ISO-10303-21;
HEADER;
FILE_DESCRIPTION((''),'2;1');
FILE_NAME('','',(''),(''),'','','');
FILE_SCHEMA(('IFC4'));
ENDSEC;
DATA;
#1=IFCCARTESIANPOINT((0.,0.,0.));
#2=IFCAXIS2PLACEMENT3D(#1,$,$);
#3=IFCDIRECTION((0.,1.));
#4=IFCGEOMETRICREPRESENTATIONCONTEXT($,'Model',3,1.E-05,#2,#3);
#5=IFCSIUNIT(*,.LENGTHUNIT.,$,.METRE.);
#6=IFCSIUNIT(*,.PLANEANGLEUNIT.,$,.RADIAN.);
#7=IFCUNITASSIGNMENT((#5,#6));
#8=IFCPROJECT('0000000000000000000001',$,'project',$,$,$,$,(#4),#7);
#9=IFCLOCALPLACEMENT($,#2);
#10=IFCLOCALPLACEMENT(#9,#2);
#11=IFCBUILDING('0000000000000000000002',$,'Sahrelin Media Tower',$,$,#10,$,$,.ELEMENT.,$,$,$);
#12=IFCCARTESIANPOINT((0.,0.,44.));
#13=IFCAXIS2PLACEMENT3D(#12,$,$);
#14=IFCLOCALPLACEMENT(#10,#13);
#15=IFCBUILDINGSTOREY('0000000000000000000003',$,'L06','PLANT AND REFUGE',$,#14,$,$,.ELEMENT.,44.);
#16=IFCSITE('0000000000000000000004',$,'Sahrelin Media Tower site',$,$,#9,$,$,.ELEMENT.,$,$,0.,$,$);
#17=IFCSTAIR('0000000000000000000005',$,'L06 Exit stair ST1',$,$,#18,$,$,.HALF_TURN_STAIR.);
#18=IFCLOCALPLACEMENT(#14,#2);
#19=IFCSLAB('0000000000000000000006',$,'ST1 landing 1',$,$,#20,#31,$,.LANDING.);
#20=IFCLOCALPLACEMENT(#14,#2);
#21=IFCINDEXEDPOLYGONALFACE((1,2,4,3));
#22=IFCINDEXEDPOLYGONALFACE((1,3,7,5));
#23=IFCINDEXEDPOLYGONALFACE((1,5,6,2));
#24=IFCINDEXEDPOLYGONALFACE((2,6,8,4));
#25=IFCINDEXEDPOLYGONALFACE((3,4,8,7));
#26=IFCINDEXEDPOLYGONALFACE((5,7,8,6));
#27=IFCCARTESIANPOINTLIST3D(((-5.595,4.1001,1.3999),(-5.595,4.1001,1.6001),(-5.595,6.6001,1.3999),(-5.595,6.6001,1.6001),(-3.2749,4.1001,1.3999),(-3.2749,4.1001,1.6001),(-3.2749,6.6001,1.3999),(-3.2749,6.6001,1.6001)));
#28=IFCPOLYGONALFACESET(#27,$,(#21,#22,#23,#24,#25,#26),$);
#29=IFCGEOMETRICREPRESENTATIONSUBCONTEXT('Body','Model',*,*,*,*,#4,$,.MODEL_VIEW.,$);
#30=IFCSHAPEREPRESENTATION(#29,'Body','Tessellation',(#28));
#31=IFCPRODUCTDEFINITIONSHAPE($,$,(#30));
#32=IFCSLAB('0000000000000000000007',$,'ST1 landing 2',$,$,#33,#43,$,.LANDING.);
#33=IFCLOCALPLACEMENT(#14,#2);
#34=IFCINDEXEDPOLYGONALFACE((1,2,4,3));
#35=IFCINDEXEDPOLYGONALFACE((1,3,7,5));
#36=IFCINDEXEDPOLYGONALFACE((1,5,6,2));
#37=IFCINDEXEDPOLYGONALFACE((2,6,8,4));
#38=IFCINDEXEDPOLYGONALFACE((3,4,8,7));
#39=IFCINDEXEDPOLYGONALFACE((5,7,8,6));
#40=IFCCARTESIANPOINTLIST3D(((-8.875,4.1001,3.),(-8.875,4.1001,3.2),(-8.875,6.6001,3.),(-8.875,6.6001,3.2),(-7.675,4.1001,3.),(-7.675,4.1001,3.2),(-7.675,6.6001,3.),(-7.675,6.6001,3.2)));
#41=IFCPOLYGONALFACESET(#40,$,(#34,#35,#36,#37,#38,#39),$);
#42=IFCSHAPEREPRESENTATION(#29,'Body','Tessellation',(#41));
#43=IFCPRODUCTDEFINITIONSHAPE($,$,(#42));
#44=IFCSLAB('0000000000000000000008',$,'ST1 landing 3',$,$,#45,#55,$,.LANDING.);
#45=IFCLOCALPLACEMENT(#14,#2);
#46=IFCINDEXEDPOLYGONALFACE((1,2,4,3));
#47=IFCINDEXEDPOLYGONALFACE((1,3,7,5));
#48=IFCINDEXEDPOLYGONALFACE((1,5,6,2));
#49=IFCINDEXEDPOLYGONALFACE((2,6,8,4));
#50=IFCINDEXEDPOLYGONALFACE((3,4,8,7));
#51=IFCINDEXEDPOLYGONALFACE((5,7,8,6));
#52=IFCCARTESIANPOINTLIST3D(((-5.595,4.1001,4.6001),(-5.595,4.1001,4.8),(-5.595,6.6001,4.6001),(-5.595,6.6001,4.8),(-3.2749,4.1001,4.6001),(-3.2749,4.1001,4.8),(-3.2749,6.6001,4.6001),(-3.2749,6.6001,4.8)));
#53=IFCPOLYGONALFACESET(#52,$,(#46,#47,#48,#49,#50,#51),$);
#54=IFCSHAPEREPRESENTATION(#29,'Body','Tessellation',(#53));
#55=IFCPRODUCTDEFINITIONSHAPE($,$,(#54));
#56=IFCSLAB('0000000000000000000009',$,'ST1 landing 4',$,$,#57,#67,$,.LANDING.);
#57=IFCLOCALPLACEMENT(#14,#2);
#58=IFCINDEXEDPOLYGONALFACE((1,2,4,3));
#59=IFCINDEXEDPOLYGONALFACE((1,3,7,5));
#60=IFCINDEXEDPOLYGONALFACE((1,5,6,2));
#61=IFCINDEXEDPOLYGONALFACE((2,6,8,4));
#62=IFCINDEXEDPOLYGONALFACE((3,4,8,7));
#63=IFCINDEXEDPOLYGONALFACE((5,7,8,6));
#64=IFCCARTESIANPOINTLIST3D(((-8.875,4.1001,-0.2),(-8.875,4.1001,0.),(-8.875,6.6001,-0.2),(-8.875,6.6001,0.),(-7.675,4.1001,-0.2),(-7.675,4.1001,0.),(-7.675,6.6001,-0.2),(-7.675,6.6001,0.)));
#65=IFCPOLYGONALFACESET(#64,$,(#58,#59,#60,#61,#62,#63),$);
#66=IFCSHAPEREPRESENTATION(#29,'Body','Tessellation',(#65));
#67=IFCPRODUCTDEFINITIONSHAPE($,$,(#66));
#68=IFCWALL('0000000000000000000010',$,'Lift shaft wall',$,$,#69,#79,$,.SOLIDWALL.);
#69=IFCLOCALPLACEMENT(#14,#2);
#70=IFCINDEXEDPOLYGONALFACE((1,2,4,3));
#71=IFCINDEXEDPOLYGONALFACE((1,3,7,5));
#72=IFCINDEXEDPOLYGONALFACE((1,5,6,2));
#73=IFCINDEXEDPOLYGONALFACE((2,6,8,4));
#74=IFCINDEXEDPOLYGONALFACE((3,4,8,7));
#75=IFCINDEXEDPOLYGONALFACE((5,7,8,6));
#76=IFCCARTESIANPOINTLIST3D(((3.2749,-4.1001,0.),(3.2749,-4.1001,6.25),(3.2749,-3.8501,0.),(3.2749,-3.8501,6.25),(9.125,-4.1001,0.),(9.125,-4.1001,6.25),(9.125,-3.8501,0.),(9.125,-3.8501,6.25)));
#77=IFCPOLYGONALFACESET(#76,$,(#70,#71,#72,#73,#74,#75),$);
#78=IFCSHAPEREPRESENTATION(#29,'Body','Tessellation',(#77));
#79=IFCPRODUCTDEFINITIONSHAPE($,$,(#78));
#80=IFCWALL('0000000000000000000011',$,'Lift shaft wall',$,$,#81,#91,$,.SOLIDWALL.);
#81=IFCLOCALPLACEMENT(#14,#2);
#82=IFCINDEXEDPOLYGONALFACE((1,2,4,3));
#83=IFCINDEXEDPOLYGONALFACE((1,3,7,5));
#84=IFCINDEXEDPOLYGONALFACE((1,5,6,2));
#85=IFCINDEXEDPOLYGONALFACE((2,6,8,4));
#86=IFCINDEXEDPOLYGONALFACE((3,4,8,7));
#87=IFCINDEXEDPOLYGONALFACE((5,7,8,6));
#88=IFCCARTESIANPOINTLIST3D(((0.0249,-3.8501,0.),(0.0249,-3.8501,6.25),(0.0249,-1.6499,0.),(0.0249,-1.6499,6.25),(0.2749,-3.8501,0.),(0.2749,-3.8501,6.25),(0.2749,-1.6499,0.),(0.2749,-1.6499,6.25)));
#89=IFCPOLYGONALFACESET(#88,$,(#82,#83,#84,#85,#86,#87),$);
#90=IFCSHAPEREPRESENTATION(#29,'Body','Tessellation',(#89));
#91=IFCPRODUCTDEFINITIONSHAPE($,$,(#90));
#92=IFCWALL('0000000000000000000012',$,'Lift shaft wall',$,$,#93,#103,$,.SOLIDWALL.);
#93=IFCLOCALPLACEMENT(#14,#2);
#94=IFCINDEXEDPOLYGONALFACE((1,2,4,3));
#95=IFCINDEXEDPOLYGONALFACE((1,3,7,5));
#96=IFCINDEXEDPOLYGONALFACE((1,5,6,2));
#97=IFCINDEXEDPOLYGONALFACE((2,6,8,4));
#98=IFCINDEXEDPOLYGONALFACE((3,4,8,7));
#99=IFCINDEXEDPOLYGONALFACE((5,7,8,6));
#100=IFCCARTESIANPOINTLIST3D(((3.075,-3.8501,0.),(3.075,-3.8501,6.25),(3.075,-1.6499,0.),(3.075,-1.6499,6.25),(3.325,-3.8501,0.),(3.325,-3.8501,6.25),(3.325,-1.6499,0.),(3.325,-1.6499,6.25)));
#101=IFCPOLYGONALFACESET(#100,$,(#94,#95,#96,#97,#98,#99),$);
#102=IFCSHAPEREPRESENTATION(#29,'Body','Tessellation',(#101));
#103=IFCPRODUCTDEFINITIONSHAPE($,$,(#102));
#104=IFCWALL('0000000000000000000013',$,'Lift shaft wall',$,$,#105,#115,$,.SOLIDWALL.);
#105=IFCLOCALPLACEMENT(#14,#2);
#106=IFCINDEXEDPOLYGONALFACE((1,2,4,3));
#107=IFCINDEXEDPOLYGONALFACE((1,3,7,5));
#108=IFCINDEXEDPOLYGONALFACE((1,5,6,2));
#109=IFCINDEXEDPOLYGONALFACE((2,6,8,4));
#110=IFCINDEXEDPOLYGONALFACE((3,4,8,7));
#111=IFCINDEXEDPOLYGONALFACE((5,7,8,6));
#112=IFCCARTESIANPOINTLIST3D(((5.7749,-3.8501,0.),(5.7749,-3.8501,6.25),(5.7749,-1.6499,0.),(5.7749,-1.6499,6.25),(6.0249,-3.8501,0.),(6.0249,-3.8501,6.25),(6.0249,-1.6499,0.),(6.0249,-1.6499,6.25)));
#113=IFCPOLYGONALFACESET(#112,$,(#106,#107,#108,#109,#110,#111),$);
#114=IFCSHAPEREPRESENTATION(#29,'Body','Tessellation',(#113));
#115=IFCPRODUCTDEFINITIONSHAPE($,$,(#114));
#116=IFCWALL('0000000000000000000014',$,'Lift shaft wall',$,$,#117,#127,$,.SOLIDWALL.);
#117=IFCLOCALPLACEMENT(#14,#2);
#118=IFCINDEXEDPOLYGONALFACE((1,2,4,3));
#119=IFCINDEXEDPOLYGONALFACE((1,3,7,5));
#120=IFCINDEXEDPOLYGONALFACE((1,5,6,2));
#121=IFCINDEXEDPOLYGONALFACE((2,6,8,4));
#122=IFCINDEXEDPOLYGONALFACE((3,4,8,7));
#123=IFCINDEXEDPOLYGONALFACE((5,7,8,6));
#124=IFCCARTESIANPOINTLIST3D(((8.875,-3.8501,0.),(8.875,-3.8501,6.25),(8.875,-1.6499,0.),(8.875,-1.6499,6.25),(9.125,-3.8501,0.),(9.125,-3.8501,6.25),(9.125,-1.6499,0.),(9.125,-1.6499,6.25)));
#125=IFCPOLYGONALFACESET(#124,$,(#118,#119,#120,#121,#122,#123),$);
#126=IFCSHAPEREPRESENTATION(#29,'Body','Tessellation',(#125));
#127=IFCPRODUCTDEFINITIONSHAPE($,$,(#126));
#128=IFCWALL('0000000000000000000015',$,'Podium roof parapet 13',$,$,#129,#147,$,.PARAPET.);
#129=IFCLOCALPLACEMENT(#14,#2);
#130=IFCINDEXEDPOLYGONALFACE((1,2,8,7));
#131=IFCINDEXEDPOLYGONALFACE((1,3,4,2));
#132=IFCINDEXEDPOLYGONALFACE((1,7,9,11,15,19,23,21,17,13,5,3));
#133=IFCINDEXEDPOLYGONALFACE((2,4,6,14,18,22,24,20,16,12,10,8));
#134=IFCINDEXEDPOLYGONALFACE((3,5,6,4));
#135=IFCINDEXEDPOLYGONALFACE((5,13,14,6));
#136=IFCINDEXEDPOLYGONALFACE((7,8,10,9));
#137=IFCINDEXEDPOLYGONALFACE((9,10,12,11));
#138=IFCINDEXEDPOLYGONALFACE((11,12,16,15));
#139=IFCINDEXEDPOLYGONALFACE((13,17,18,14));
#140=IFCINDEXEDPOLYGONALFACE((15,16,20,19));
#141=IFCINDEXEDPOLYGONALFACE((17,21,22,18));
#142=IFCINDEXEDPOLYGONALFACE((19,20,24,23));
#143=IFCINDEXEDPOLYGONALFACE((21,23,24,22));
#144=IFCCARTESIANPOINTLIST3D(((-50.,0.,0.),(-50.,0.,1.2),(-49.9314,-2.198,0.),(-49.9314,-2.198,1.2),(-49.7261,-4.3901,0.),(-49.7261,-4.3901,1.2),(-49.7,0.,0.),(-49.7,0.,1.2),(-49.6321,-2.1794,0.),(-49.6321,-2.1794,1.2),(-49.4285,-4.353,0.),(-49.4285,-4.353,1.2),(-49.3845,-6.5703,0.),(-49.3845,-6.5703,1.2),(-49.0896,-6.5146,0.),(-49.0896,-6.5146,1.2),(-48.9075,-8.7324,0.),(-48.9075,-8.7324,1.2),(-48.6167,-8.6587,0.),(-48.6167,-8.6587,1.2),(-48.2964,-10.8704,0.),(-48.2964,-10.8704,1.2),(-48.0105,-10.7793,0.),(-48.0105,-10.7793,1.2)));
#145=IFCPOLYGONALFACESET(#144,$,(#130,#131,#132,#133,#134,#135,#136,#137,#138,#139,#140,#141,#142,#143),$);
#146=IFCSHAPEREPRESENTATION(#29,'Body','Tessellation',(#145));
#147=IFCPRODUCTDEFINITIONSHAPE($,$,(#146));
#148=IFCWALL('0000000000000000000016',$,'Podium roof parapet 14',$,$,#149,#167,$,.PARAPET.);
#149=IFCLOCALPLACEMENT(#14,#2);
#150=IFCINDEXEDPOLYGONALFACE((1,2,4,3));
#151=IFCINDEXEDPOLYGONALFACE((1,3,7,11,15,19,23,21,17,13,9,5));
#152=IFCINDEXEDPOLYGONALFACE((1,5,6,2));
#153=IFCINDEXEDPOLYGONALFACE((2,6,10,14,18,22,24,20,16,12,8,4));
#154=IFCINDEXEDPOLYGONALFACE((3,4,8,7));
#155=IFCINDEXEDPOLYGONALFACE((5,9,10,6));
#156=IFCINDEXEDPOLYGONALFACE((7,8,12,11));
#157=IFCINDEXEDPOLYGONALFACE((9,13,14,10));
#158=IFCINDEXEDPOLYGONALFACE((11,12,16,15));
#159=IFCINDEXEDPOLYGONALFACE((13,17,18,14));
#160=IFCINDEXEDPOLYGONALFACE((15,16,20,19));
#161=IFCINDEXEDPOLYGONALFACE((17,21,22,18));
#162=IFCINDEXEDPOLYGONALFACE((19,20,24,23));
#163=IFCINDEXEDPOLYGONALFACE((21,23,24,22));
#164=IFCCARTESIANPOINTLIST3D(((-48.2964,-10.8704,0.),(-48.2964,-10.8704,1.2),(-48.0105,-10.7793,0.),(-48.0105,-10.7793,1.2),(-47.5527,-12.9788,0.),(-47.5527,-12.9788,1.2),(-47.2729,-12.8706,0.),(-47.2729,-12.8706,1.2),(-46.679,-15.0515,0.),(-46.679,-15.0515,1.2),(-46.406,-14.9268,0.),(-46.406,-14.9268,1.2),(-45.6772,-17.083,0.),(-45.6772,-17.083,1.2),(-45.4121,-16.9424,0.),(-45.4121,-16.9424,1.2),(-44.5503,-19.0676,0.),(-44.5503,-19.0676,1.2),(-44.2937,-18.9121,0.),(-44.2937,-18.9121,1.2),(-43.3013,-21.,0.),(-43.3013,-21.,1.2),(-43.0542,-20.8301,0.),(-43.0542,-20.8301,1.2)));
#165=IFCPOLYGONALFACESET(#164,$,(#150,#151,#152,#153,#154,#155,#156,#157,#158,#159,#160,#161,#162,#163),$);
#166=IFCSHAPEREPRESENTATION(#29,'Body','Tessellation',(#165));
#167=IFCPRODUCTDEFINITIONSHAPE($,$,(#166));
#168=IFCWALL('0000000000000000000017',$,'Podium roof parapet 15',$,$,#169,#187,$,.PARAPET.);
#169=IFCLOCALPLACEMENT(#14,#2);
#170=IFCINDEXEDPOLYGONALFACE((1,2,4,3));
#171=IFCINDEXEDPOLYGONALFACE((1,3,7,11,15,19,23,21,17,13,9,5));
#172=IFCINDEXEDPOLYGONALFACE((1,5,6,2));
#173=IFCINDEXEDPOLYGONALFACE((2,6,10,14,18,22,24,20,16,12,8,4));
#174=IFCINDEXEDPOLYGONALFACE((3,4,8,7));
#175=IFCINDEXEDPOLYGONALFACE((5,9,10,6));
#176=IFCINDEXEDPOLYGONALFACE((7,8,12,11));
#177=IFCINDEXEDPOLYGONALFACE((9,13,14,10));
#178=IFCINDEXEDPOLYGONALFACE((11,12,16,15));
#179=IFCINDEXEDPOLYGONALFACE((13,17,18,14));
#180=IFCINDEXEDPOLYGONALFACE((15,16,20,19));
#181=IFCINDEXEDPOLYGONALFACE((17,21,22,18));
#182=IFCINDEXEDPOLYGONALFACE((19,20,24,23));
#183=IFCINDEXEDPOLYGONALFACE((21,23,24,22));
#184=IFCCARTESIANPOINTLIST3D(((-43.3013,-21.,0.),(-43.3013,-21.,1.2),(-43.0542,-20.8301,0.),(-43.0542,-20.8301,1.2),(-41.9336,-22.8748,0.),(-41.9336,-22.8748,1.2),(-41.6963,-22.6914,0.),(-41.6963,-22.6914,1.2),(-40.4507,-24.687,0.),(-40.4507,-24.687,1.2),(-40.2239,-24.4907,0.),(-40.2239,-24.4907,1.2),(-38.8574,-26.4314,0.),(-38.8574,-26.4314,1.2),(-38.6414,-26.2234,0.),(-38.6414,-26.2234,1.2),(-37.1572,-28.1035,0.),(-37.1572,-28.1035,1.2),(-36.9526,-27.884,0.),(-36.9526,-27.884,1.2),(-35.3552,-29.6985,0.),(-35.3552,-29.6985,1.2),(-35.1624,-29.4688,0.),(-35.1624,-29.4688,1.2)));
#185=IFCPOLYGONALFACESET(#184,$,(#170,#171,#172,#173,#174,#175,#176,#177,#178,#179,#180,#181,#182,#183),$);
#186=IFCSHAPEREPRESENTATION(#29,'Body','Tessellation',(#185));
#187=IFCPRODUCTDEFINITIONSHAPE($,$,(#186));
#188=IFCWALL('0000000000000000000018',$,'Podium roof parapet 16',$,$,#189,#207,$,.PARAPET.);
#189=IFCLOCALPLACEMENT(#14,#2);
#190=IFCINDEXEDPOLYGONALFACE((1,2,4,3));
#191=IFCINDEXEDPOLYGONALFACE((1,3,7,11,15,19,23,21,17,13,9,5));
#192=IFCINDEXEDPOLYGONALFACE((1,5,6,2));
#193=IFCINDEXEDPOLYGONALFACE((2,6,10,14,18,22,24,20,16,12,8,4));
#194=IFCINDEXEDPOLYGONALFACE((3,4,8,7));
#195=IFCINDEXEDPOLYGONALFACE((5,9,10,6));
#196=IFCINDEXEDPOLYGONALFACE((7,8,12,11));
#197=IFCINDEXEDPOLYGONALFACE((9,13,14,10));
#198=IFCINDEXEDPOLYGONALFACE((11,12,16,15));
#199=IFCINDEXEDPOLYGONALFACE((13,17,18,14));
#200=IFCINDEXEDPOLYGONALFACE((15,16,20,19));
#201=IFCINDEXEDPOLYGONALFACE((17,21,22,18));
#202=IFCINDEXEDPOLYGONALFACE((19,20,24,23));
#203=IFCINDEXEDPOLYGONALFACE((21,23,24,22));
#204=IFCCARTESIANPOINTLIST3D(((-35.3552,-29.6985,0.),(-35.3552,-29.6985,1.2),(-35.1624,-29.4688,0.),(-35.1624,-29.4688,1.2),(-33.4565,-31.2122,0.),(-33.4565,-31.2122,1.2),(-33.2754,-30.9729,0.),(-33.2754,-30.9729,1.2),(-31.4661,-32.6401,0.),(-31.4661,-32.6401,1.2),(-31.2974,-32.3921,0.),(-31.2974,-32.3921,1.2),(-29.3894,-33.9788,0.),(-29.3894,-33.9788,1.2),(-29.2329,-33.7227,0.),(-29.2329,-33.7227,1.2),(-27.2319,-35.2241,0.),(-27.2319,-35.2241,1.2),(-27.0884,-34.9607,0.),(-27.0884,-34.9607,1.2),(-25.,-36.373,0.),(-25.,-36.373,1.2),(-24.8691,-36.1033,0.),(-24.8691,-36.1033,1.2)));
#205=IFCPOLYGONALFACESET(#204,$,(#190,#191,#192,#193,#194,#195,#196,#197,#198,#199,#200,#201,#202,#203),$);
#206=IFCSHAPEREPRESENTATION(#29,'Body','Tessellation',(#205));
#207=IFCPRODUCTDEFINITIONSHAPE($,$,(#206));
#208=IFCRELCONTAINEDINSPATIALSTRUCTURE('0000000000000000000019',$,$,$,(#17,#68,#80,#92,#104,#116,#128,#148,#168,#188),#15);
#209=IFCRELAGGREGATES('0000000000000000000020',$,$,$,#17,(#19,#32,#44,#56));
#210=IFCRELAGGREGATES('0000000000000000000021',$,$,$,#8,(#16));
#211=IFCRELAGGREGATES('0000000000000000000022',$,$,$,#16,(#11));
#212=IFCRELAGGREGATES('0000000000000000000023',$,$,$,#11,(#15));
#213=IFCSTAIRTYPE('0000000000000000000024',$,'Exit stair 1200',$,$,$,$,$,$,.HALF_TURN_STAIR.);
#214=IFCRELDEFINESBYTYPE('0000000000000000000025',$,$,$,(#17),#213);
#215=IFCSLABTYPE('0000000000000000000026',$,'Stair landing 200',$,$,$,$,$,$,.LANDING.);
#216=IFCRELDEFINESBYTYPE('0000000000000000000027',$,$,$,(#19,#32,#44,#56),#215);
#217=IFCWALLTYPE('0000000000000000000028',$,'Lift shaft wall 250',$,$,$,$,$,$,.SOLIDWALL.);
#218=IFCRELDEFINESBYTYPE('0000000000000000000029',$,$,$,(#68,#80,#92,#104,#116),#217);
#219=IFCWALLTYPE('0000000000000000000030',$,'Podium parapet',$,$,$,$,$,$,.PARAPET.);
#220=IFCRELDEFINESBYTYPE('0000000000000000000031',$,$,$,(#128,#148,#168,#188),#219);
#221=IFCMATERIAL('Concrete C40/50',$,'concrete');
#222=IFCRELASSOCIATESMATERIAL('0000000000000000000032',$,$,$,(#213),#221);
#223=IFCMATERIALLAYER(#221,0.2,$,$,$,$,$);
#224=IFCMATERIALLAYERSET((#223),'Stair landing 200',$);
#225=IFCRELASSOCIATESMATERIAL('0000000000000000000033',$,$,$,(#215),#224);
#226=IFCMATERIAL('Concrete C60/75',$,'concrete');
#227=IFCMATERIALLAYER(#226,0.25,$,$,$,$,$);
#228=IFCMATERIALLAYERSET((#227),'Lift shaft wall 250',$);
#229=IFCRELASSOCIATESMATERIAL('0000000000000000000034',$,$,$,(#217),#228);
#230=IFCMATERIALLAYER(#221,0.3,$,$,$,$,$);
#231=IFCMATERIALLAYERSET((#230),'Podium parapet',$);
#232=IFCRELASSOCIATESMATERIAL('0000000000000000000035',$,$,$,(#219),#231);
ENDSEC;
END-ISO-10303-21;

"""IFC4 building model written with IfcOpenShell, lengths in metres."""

from ifc_helpers import new_model, si_unit, direction, frame, frame_2d, origin, place, context, subcontext, project, spatial, polyline, rectangle, outline, extrude, material, layer, layer_set, type_object, element, aggregate, save


model = new_model("IFC4")

# Units and contexts
model_context = context("Model", 3, precision=1e-05, world=origin(), true_north=direction((0.0, 1.0)))
body_context = subcontext(model_context, "Body", "Model", "MODEL_VIEW")
ifc_project = project(units=[si_unit("LENGTHUNIT", "METRE"), si_unit("PLANEANGLEUNIT", "RADIAN")], contexts=[model_context])

# Site, building, storey
site_placement = place(None, origin())
site = spatial("IfcSite", under=ifc_project, at=site_placement, Name="Sahrelin Media Tower site", CompositionType="ELEMENT", RefElevation=0.0)
building_placement = place(site_placement, origin())
building = spatial("IfcBuilding", under=site, at=building_placement, Name="Sahrelin Media Tower", CompositionType="ELEMENT")
storey_placement = place(building_placement, frame((0.0, 0.0, 44.0)))
storey = spatial("IfcBuildingStorey", under=building, at=storey_placement, Name="L06", Description="PLANT AND REFUGE", CompositionType="ELEMENT", Elevation=44.0)

# Stair, slabs
ifc_material_1 = material(Name="Concrete C40/50", Category="concrete")
stair_type = type_object("IfcStairType", Name="Exit stair 1200", PredefinedType="HALF_TURN_STAIR", material=ifc_material_1)
placement = place(storey_placement, origin())
stair = element("IfcStair", 1, at=placement, inside=storey, type_object=stair_type, Name="L06 Exit stair ST1", PredefinedType="HALF_TURN_STAIR")
ifc_layer_1 = layer(ifc_material_1, 0.2)
ifc_layer_set_1 = layer_set([ifc_layer_1], Name="Stair landing 200")
slab_type = type_object("IfcSlabType", Name="Stair landing 200", PredefinedType="LANDING", material=ifc_layer_set_1)
slab_1_placement = place(storey_placement, frame((0.0, 0.0, 1.3999)))
slab_1 = element("IfcSlab", 2, at=slab_1_placement, type_object=slab_type, Name="ST1 landing 1", PredefinedType="LANDING", context=body_context, shape_type="SweptSolid", body=[
    extrude(outline(polyline([(-5.595, 4.1001), (-3.2749, 4.1001), (-3.2749, 6.6001), (-5.595, 6.6001), (-5.595, 4.1001)])), origin(), (0.0, 0.0, 1.0), 0.2002),
])
slab_2_placement = place(storey_placement, frame((0.0, 0.0, 3.0)))
slab_2 = element("IfcSlab", 3, at=slab_2_placement, type_object=slab_type, Name="ST1 landing 2", PredefinedType="LANDING", context=body_context, shape_type="SweptSolid", body=[
    extrude(outline(polyline([(-8.875, 4.1001), (-7.675, 4.1001), (-7.675, 6.6001), (-8.875, 6.6001), (-8.875, 4.1001)])), origin(), (0.0, 0.0, 1.0), 0.2),
])
slab_3_placement = place(storey_placement, frame((0.0, 0.0, 4.6001)))
slab_3 = element("IfcSlab", 4, at=slab_3_placement, type_object=slab_type, Name="ST1 landing 3", PredefinedType="LANDING", context=body_context, shape_type="SweptSolid", body=[
    extrude(outline(polyline([(-5.595, 4.1001), (-3.2749, 4.1001), (-3.2749, 6.6001), (-5.595, 6.6001), (-5.595, 4.1001)])), origin(), (0.0, 0.0, 1.0), 0.2),
])
slab_4_placement = place(storey_placement, frame((0.0, 0.0, -0.2)))
slab_4 = element("IfcSlab", 5, at=slab_4_placement, type_object=slab_type, Name="ST1 landing 4", PredefinedType="LANDING", context=body_context, shape_type="SweptSolid", body=[
    extrude(outline(polyline([(-8.875, 4.1001), (-7.675, 4.1001), (-7.675, 6.6001), (-8.875, 6.6001), (-8.875, 4.1001)])), origin(), (0.0, 0.0, 1.0), 0.2),
])
aggregate(stair, [slab_1, slab_2, slab_3, slab_4])

# Walls
ifc_material_2 = material(Name="Concrete C60/75", Category="concrete")
ifc_layer_2 = layer(ifc_material_2, 0.25)
ifc_layer_set_2 = layer_set([ifc_layer_2], Name="Lift shaft wall 250")
wall_type_1 = type_object("IfcWallType", Name="Lift shaft wall 250", PredefinedType="SOLIDWALL", material=ifc_layer_set_2)
wall_1_placement = place(storey_placement, frame((3.2749, -3.9751, 0.0), z_axis=(0.0, 0.0, 1.0), x_axis=(1.0, 0.0, 0.0)))
element("IfcWall", 6, at=wall_1_placement, inside=storey, type_object=wall_type_1, Name="Lift shaft wall", PredefinedType="SOLIDWALL", context=body_context, shape_type="SweptSolid", body=[
    extrude(rectangle(XDim=5.8501, YDim=0.25, at=frame_2d((2.925, 0.0))), origin(), (0.0, 0.0, 1.0), 6.25),
])
for number, where, z_axis, x_axis, name in (
    (7, (0.1499, -3.8501, 0.0), (0.0, 0.0, 1.0), (0.0, 1.0, 0.0), "Lift shaft wall"),
    (8, (3.2, -3.8501, 0.0), (0.0, 0.0, 1.0), (0.0, 1.0, 0.0), "Lift shaft wall"),
    (9, (5.8999, -3.8501, 0.0), (0.0, 0.0, 1.0), (0.0, 1.0, 0.0), "Lift shaft wall"),
    (10, (9.0, -3.8501, 0.0), (0.0, 0.0, 1.0), (0.0, 1.0, 0.0), "Lift shaft wall"),
):
    element("IfcWall", number, at=place(storey_placement, frame(where, z_axis=z_axis, x_axis=x_axis)), inside=storey, type_object=wall_type_1, Name=name, PredefinedType="SOLIDWALL", context=body_context, shape_type="SweptSolid", body=[
        extrude(rectangle(XDim=2.2002, YDim=0.25, at=frame_2d((1.1001, 0.0))), origin(), (0.0, 0.0, 1.0), 6.25),
    ])
ifc_layer_3 = layer(ifc_material_1, 0.3)
ifc_layer_set_3 = layer_set([ifc_layer_3], Name="Podium parapet")
wall_type_2 = type_object("IfcWallType", Name="Podium parapet", PredefinedType="PARAPET", material=ifc_layer_set_3)
element("IfcWall", 11, at=placement, inside=storey, type_object=wall_type_2, Name="Podium roof parapet 13", PredefinedType="PARAPET", context=body_context, shape_type="SweptSolid", body=[
    extrude(outline(polyline([(-50.0, 0.0), (-49.9314, -2.198), (-49.7261, -4.3901), (-49.3845, -6.5703), (-48.9075, -8.7324), (-48.2964, -10.8704), (-48.0105, -10.7793), (-48.6167, -8.6587), (-49.0896, -6.5146), (-49.4285, -4.353), (-49.6321, -2.1794), (-49.7, 0.0), (-50.0, 0.0)])), origin(), (0.0, 0.0, 1.0), 1.2),
])
element("IfcWall", 12, at=placement, inside=storey, type_object=wall_type_2, Name="Podium roof parapet 14", PredefinedType="PARAPET", context=body_context, shape_type="SweptSolid", body=[
    extrude(outline(polyline([(-48.2964, -10.8704), (-47.5527, -12.9788), (-46.679, -15.0515), (-45.6772, -17.083), (-44.5503, -19.0676), (-43.3013, -21.0), (-43.0542, -20.8301), (-44.2937, -18.9121), (-45.4121, -16.9424), (-46.406, -14.9268), (-47.2729, -12.8706), (-48.0105, -10.7793), (-48.2964, -10.8704)])), origin(), (0.0, 0.0, 1.0), 1.2),
])
element("IfcWall", 13, at=placement, inside=storey, type_object=wall_type_2, Name="Podium roof parapet 15", PredefinedType="PARAPET", context=body_context, shape_type="SweptSolid", body=[
    extrude(outline(polyline([(-43.3013, -21.0), (-41.9336, -22.8748), (-40.4507, -24.687), (-38.8574, -26.4314), (-37.1572, -28.1035), (-35.3552, -29.6985), (-35.1624, -29.4688), (-36.9526, -27.884), (-38.6414, -26.2234), (-40.2239, -24.4907), (-41.6963, -22.6914), (-43.0542, -20.8301), (-43.3013, -21.0)])), origin(), (0.0, 0.0, 1.0), 1.2),
])
element("IfcWall", 14, at=placement, inside=storey, type_object=wall_type_2, Name="Podium roof parapet 16", PredefinedType="PARAPET", context=body_context, shape_type="SweptSolid", body=[
    extrude(outline(polyline([(-35.3552, -29.6985), (-33.4565, -31.2122), (-31.4661, -32.6401), (-29.3894, -33.9788), (-27.2319, -35.2241), (-25.0, -36.373), (-24.8691, -36.1033), (-27.0884, -34.9607), (-29.2329, -33.7227), (-31.2974, -32.3921), (-33.2754, -30.9729), (-35.1624, -29.4688), (-35.3552, -29.6985)])), origin(), (0.0, 0.0, 1.0), 1.2),
])

save(model, "model.ifc")
